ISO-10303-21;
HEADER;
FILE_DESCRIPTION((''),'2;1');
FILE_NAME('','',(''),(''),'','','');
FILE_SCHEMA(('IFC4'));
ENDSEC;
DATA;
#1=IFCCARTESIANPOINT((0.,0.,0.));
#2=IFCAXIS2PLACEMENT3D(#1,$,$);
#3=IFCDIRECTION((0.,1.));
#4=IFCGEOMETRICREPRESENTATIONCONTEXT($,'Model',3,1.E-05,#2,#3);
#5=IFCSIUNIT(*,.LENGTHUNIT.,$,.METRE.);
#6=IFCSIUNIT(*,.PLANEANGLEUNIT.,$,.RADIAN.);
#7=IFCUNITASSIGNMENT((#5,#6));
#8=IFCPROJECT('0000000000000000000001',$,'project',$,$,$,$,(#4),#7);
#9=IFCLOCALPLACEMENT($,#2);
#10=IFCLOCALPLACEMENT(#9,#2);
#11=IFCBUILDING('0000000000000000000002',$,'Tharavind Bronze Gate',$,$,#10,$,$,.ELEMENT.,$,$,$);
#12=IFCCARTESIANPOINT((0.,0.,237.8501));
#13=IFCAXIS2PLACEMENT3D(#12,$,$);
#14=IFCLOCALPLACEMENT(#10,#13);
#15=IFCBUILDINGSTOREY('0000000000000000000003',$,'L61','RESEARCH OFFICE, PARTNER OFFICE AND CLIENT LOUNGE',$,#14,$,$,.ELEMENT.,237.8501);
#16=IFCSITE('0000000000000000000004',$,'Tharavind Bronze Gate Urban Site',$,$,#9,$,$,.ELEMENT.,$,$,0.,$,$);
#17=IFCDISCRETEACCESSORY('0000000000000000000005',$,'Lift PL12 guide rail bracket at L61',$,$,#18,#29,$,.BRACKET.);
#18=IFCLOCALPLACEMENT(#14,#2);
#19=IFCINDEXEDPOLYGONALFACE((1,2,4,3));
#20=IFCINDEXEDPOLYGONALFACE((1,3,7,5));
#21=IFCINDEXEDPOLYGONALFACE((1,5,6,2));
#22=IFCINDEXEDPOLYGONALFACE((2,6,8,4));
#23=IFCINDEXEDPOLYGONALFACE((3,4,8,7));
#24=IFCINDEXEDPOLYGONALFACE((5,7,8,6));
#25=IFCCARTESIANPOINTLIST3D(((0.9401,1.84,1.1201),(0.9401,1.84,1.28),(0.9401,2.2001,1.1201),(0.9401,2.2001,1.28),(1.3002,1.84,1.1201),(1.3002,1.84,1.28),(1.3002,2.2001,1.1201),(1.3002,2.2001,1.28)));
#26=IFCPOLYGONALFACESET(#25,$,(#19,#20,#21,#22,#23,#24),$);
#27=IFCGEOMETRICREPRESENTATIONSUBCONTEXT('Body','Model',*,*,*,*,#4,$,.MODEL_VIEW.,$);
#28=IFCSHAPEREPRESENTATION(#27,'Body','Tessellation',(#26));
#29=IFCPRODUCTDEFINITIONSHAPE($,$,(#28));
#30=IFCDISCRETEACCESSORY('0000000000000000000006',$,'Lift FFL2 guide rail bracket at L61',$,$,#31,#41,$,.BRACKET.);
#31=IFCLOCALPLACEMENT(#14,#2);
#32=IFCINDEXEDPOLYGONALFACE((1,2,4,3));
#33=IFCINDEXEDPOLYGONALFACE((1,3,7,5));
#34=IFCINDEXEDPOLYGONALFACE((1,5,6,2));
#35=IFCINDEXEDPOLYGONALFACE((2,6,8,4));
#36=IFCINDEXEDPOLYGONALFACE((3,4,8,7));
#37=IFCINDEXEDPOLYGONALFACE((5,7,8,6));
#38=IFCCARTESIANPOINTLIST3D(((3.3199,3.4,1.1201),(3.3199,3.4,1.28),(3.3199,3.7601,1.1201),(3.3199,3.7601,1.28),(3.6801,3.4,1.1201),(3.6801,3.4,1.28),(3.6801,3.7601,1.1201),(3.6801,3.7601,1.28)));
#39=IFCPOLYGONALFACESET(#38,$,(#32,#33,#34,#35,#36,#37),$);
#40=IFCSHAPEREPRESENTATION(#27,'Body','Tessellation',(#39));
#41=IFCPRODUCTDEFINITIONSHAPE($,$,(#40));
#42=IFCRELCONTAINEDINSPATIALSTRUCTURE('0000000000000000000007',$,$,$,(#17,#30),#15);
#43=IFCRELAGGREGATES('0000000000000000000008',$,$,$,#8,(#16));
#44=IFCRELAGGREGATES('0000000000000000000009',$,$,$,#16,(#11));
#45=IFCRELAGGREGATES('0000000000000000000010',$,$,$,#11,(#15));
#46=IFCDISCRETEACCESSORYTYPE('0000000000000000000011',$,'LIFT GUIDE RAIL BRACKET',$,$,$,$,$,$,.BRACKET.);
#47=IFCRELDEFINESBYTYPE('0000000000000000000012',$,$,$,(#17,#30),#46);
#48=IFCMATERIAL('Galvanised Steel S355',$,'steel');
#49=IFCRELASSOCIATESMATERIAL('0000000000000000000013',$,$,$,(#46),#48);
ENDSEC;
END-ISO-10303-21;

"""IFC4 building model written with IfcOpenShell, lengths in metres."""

from ifc_helpers import new_model, si_unit, direction, frame, origin, origin_2d, place, context, subcontext, project, spatial, rectangle, extrude, material, type_object, element, save


model = new_model("IFC4")

# Units and contexts
model_context = context("Model", 3, precision=1e-05, world=origin(), true_north=direction((0.0, 1.0)))
body_context = subcontext(model_context, "Body", "Model", "MODEL_VIEW")
ifc_project = project(units=[si_unit("LENGTHUNIT", "METRE"), si_unit("PLANEANGLEUNIT", "RADIAN")], contexts=[model_context])

# Site, building, storey
site_placement = place(None, origin())
site = spatial("IfcSite", under=ifc_project, at=site_placement, Name="Tharavind Bronze Gate Urban Site", CompositionType="ELEMENT", RefElevation=0.0)
building_placement = place(site_placement, origin())
building = spatial("IfcBuilding", under=site, at=building_placement, Name="Tharavind Bronze Gate", CompositionType="ELEMENT")
storey_placement = place(building_placement, frame((0.0, 0.0, 237.8501)))
storey = spatial("IfcBuildingStorey", under=building, at=storey_placement, Name="L61", Description="RESEARCH OFFICE, PARTNER OFFICE AND CLIENT LOUNGE", CompositionType="ELEMENT", Elevation=237.8501)

# Discrete accessories
ifc_material_1 = material(Name="Galvanised Steel S355", Category="steel")
discrete_accessory_type = type_object("IfcDiscreteAccessoryType", Name="LIFT GUIDE RAIL BRACKET", PredefinedType="BRACKET", material=ifc_material_1)
for number, where, z_axis, x_axis, name in (
    (1, (1.1201, 2.02, 1.1201), (0.0, 0.0, 1.0), (1.0, 0.0, 0.0), "Lift PL12 guide rail bracket at L61"),
    (2, (3.5, 3.5801, 1.1201), (0.0, 0.0, 1.0), (1.0, 0.0, 0.0), "Lift FFL2 guide rail bracket at L61"),
):
    element("IfcDiscreteAccessory", number, at=place(storey_placement, frame(where, z_axis=z_axis, x_axis=x_axis)), inside=storey, type_object=discrete_accessory_type, Name=name, PredefinedType="BRACKET", context=body_context, shape_type="SweptSolid", body=[
        extrude(rectangle(XDim=0.3601, YDim=0.3601, at=origin_2d()), origin(), (0.0, 0.0, 1.0), 0.1599),
    ])

save(model, "model.ifc")
